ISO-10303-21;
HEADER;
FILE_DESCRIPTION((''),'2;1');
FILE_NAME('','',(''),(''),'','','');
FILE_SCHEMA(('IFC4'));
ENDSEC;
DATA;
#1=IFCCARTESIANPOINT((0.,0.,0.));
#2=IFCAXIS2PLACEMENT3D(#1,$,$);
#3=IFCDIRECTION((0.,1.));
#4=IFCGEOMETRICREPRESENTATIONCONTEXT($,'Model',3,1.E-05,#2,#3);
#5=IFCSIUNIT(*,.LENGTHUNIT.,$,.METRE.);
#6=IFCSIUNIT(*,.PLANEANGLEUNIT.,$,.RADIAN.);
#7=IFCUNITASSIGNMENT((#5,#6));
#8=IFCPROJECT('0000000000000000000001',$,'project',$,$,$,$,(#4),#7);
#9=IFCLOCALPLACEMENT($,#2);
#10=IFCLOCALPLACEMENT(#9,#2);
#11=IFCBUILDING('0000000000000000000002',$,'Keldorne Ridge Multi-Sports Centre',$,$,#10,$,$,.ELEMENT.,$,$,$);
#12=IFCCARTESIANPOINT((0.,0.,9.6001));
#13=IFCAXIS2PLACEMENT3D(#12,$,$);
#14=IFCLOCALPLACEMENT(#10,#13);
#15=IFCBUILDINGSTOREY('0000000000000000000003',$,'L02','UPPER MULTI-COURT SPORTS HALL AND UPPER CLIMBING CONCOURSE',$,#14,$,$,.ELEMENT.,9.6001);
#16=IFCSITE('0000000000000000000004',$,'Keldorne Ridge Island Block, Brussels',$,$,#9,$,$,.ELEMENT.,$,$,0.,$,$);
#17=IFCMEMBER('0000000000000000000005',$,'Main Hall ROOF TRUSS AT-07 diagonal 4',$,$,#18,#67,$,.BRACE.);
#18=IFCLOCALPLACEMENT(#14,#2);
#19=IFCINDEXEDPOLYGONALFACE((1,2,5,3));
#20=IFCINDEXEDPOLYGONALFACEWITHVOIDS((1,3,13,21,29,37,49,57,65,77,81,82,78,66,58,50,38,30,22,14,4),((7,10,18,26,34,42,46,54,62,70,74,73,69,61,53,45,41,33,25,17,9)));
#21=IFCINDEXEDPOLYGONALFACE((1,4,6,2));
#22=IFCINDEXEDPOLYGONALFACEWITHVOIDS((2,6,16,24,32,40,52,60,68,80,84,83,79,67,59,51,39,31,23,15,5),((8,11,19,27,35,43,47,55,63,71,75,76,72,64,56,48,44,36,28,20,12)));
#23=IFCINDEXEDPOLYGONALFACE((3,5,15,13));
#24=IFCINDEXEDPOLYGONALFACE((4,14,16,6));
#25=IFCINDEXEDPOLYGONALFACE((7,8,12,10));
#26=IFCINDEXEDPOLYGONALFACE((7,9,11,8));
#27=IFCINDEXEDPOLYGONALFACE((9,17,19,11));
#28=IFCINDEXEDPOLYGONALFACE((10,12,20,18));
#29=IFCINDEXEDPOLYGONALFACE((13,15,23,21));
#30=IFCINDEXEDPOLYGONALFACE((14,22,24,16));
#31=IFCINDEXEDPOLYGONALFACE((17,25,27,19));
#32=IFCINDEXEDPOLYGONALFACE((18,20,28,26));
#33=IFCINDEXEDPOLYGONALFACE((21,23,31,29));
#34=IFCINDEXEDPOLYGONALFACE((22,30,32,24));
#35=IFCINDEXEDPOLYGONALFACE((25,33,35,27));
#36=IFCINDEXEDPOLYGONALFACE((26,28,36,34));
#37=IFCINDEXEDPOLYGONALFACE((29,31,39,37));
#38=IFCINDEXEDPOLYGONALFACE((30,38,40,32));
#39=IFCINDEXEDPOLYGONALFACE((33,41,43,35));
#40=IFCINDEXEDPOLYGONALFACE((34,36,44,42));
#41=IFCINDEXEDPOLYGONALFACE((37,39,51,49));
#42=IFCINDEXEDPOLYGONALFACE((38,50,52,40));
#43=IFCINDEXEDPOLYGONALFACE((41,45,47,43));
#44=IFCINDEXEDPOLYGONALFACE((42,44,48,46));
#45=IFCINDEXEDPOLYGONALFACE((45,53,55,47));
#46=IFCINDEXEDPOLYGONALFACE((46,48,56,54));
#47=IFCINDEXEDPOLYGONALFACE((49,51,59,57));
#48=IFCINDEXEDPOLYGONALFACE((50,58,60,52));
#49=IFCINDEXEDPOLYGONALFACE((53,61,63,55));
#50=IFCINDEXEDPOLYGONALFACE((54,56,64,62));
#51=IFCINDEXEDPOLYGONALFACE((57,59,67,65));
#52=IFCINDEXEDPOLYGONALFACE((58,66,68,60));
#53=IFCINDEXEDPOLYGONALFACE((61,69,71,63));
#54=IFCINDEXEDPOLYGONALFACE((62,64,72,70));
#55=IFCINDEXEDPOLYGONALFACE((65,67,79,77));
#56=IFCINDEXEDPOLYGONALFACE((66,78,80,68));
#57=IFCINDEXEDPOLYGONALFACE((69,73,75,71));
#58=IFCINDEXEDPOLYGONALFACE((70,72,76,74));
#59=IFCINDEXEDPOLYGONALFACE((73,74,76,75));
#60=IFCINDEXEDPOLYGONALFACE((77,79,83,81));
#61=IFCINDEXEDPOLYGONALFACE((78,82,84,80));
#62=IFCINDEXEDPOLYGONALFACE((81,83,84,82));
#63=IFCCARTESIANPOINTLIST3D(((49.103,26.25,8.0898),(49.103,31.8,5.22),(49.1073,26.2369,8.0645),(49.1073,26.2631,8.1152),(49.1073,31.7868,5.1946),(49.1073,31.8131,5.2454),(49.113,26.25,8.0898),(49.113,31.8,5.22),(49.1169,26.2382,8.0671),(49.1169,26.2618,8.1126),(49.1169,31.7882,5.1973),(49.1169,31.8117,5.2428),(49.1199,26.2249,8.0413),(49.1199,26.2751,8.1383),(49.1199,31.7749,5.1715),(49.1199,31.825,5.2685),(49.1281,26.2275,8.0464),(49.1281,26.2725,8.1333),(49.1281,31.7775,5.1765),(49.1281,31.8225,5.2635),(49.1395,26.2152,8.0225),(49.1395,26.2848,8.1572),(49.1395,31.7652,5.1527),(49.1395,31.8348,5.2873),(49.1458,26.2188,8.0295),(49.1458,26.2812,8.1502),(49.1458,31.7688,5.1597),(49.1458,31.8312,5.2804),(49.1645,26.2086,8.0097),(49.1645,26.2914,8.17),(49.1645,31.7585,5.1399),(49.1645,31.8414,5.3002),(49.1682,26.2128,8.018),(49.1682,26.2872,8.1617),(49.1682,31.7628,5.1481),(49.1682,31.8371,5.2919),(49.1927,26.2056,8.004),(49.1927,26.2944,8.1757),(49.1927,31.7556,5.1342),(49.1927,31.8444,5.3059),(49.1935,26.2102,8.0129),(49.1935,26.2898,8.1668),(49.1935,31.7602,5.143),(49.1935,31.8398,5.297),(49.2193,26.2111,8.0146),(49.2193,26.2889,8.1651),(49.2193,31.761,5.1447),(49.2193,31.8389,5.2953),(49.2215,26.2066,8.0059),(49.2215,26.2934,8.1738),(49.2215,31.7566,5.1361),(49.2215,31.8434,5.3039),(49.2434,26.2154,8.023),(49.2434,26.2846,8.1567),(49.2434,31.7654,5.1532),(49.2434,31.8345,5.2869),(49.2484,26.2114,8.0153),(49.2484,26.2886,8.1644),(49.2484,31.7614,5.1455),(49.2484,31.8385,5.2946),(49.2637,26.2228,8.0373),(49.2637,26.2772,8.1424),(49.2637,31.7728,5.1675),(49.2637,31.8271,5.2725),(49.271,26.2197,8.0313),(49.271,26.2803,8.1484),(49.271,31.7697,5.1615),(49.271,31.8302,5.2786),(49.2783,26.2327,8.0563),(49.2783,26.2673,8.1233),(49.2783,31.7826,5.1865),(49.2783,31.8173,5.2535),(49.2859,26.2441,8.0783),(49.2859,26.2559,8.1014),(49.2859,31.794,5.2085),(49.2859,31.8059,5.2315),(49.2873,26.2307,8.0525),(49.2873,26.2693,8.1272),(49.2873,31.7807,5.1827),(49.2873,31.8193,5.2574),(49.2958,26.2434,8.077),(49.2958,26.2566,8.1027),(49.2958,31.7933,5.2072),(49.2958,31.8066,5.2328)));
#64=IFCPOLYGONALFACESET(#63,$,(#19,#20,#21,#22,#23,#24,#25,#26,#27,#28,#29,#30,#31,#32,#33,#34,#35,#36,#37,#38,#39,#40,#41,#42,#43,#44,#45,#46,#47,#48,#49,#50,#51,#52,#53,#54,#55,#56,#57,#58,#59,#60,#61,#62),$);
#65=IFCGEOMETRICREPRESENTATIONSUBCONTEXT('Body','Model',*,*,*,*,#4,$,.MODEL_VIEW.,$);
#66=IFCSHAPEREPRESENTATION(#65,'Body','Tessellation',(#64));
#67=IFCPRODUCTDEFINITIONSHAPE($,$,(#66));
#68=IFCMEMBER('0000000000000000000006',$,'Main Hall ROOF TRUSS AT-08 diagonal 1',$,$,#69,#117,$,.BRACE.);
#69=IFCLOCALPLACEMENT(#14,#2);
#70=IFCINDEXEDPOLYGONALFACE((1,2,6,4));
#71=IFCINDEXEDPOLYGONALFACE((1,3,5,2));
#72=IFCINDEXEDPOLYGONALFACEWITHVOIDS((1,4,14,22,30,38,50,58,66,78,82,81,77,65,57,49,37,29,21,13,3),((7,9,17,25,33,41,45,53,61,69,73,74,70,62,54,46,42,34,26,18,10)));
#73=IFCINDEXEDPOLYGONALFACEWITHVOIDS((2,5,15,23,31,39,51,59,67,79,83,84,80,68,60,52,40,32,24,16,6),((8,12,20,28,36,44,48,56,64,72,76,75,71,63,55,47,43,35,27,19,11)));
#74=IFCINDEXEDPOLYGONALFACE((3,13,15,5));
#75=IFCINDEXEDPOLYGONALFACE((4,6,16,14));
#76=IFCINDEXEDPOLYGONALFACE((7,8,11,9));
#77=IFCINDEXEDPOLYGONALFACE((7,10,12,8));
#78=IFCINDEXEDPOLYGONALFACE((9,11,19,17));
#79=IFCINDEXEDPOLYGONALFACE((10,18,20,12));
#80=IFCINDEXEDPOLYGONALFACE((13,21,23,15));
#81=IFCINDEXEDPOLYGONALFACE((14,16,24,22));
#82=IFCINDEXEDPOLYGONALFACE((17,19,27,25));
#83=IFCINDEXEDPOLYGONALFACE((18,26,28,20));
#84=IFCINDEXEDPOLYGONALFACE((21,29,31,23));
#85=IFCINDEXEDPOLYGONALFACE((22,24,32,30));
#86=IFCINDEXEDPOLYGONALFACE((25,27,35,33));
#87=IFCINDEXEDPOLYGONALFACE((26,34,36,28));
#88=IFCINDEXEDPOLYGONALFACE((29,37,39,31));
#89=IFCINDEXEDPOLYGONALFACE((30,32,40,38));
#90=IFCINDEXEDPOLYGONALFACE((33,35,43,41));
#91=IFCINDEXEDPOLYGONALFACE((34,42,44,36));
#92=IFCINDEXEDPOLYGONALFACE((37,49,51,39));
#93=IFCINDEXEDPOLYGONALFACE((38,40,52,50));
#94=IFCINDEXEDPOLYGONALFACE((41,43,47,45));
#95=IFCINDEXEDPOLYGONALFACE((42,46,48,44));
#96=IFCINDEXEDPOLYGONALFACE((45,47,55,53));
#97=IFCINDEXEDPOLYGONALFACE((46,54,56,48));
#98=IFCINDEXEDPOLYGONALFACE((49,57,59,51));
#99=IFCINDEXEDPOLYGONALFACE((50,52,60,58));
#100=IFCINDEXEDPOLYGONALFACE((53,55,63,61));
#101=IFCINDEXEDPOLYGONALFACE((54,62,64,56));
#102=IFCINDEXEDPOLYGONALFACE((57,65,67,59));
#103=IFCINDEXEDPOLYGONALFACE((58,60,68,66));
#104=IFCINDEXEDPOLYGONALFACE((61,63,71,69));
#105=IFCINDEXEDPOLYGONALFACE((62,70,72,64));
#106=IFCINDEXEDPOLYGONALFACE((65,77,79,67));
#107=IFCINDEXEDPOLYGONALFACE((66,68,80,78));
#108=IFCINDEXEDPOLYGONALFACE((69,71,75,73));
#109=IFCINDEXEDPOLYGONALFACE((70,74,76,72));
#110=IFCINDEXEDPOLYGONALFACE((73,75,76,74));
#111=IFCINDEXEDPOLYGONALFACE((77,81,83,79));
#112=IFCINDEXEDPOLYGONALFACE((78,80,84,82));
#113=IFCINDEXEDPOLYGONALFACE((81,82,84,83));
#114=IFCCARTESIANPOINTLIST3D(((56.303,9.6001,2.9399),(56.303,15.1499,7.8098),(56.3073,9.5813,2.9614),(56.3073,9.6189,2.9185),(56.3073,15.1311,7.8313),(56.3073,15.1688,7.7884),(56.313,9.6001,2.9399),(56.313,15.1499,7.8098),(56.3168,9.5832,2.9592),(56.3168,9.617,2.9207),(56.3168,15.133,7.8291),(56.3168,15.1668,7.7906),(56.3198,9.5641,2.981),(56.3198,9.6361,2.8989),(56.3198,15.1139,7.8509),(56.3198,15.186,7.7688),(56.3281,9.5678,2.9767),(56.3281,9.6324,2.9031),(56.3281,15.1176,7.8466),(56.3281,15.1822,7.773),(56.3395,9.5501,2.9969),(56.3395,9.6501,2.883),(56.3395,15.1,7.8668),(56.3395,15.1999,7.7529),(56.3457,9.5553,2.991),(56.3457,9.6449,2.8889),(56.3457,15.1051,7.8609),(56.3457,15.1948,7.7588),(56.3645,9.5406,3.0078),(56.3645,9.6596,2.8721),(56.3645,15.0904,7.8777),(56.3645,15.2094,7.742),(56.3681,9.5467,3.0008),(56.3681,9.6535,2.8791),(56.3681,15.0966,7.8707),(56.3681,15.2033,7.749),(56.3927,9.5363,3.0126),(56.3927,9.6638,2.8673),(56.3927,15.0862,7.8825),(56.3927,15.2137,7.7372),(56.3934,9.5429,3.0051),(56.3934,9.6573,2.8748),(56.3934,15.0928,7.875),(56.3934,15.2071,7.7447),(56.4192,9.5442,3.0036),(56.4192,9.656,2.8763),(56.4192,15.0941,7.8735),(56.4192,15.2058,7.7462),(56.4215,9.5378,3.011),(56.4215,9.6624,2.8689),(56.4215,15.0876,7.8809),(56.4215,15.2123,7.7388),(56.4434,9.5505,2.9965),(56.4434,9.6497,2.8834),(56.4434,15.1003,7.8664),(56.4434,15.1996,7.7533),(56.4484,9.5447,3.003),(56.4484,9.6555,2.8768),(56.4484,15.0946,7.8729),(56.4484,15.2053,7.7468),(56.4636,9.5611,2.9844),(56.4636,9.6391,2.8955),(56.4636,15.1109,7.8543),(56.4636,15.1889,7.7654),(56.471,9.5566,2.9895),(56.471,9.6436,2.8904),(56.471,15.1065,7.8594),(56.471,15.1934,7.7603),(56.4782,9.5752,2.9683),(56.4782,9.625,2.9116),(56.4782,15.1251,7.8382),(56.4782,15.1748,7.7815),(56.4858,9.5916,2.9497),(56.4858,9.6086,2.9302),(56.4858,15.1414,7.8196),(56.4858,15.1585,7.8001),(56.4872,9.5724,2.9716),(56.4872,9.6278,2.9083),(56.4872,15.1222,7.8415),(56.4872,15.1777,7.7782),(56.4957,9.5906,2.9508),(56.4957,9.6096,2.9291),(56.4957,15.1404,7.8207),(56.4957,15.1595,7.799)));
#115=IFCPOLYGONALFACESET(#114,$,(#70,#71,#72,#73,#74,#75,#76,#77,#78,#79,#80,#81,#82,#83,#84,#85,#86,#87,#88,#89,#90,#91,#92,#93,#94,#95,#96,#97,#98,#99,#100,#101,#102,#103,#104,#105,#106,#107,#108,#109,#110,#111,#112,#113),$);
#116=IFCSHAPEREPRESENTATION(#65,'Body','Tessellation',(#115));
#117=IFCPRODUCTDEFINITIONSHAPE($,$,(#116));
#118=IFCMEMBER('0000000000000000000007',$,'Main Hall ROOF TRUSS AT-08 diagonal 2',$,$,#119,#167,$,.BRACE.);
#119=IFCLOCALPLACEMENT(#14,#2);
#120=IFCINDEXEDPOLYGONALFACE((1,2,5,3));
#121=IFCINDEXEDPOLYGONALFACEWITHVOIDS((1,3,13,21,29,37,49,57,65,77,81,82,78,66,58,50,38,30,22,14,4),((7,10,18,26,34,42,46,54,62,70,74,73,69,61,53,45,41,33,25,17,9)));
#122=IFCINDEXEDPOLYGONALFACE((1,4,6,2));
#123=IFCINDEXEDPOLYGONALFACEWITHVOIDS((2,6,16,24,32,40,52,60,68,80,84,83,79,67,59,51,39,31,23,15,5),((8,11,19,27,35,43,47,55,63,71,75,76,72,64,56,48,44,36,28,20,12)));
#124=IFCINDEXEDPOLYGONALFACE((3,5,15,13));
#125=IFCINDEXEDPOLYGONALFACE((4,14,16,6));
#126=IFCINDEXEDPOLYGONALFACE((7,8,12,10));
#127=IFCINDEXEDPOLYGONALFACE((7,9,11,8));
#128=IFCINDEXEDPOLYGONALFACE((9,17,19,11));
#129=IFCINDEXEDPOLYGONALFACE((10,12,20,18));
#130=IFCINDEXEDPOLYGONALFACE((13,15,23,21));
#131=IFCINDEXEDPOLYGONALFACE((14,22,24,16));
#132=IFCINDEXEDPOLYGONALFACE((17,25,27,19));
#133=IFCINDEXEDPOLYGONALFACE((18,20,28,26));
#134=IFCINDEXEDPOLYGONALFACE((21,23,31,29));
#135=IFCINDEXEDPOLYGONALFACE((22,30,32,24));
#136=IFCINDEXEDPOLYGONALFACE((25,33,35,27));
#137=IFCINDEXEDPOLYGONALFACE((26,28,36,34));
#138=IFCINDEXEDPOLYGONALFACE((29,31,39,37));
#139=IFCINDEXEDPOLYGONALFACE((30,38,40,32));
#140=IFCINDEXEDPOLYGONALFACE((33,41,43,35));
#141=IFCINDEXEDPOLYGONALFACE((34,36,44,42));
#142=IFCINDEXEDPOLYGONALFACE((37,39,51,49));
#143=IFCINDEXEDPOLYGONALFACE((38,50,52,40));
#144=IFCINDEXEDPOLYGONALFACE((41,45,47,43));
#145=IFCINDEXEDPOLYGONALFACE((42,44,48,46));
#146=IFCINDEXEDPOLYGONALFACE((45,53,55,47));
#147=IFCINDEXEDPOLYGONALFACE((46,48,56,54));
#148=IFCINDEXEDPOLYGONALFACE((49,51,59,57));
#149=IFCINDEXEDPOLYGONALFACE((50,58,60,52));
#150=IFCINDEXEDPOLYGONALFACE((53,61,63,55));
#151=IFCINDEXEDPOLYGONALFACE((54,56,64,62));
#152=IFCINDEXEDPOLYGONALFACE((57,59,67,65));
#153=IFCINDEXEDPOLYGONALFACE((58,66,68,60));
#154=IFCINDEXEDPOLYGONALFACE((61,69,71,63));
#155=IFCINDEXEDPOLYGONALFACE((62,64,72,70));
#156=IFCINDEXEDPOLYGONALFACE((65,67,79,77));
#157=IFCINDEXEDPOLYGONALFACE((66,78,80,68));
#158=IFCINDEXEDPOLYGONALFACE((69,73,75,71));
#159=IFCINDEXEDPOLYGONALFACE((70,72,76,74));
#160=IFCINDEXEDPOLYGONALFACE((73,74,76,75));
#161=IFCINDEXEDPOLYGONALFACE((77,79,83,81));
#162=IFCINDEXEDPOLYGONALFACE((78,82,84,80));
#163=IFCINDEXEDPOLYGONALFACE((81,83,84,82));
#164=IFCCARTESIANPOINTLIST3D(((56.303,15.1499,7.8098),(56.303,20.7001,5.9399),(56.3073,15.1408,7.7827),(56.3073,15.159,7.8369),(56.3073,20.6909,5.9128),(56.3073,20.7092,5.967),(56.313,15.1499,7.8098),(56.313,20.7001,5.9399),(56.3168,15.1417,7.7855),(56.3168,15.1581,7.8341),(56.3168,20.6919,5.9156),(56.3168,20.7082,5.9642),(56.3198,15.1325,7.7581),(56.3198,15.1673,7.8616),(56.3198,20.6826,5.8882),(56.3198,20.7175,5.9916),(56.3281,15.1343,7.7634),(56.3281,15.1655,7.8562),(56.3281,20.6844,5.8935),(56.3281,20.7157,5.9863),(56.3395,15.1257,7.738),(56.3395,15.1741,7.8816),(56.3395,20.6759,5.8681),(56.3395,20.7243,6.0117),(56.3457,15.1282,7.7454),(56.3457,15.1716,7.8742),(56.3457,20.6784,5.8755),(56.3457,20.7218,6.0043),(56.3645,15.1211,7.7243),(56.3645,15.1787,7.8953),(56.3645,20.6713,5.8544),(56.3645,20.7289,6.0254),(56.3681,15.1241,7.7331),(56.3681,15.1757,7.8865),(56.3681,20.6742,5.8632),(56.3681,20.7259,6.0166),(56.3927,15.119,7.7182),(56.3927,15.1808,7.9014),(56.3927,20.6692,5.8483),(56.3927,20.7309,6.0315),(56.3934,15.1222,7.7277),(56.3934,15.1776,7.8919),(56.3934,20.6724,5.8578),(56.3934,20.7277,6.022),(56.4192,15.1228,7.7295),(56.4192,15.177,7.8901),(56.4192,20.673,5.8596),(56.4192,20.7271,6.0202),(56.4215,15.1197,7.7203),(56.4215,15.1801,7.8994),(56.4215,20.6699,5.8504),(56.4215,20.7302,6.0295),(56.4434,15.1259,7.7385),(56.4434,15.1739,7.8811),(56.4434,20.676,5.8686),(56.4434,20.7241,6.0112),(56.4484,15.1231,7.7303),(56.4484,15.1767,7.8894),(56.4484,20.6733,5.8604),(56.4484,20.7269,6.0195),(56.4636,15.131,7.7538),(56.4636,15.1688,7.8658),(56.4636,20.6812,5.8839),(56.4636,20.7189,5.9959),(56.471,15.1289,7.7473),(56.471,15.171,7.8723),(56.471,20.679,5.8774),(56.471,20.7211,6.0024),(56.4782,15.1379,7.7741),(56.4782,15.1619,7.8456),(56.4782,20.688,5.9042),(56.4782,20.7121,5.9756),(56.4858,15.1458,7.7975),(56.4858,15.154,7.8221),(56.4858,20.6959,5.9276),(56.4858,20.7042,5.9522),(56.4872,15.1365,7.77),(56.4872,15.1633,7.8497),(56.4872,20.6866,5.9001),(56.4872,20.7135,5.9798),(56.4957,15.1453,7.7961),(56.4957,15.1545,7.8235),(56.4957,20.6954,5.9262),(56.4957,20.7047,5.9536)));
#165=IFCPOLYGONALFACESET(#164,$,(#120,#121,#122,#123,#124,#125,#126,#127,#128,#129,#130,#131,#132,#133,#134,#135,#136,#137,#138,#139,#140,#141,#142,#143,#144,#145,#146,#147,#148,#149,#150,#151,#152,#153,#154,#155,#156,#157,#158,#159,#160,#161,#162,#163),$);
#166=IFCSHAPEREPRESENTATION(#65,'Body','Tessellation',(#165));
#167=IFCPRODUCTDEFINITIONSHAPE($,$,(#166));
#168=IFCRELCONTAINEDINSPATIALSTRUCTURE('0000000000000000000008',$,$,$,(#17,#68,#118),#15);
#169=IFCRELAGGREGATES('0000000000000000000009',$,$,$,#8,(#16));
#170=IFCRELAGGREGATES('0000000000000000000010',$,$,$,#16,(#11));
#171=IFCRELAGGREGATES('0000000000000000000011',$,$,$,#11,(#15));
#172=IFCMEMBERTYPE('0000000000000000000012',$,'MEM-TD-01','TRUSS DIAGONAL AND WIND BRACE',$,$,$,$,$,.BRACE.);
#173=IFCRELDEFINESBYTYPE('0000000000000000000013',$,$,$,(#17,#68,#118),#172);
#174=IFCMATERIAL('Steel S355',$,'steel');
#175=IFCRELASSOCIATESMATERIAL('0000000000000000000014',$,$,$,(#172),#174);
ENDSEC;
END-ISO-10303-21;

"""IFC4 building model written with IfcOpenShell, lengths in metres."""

from ifc_helpers import new_model, si_unit, direction, frame, origin, origin_2d, place, context, subcontext, project, spatial, hollow_circle, extrude, material, material_profile, profile_set, type_object, element, save


model = new_model("IFC4")

# Units and contexts
model_context = context("Model", 3, precision=1e-05, world=origin(), true_north=direction((0.0, 1.0)))
body_context = subcontext(model_context, "Body", "Model", "MODEL_VIEW")
ifc_project = project(units=[si_unit("LENGTHUNIT", "METRE"), si_unit("PLANEANGLEUNIT", "RADIAN")], contexts=[model_context])

# Site, building, storey
site_placement = place(None, origin())
site = spatial("IfcSite", under=ifc_project, at=site_placement, Name="Keldorne Ridge Island Block, Brussels", CompositionType="ELEMENT", RefElevation=0.0)
building_placement = place(site_placement, origin())
building = spatial("IfcBuilding", under=site, at=building_placement, Name="Keldorne Ridge Multi-Sports Centre", CompositionType="ELEMENT")
storey_placement = place(building_placement, frame((0.0, 0.0, 9.6001)))
storey = spatial("IfcBuildingStorey", under=building, at=storey_placement, Name="L02", Description="UPPER MULTI-COURT SPORTS HALL AND UPPER CLIMBING CONCOURSE", CompositionType="ELEMENT", Elevation=9.6001)

# Shared definitions
ifc_material_1 = material(Name="Steel S355", Category="steel")

# Members
ifc_material_profile_1 = material_profile(ifc_material_1, hollow_circle(Radius=0.0969, WallThickness=0.01, at=origin_2d()), Name="CHS 193.7x10")
ifc_profile_set_1 = profile_set([ifc_material_profile_1], Name="Steel S355")
member_type_1 = type_object("IfcMemberType", Name="MEM-TD-01", Description="TRUSS DIAGONAL AND WIND BRACE", PredefinedType="BRACE", material=ifc_profile_set_1)
member_1_placement = place(storey_placement, frame((49.2, 26.25, 8.0898), z_axis=(0.0, 0.888273, -0.459317), x_axis=(-1.0, 0.0, 0.0)))
element("IfcMember", 1, at=member_1_placement, inside=storey, type_object=member_type_1, Name="Main Hall ROOF TRUSS AT-07 diagonal 4", PredefinedType="BRACE", context=body_context, shape_type="SweptSolid", body=[
    extrude(hollow_circle(Radius=0.0969, WallThickness=0.01, at=origin_2d()), origin(), (0.0, 0.0, 1.0), 6.248),
])
member_2_placement = place(storey_placement, frame((56.3999, 9.6001, 2.9399), z_axis=(0.0, 0.75165, 0.659562), x_axis=(-1.0, 0.0, 0.0)))
element("IfcMember", 2, at=member_2_placement, inside=storey, type_object=member_type_1, Name="Main Hall ROOF TRUSS AT-08 diagonal 1", PredefinedType="BRACE", context=body_context, shape_type="SweptSolid", body=[
    extrude(hollow_circle(Radius=0.0969, WallThickness=0.01, at=origin_2d()), origin(), (0.0, 0.0, 1.0), 7.3835),
])
member_3_placement = place(storey_placement, frame((56.3999, 15.1499, 7.8098), z_axis=(0.0, 0.947661, -0.319278), x_axis=(-1.0, 0.0, 0.0)))
element("IfcMember", 3, at=member_3_placement, inside=storey, type_object=member_type_1, Name="Main Hall ROOF TRUSS AT-08 diagonal 2", PredefinedType="BRACE", context=body_context, shape_type="SweptSolid", body=[
    extrude(hollow_circle(Radius=0.0969, WallThickness=0.01, at=origin_2d()), origin(), (0.0, 0.0, 1.0), 5.8567),
])

save(model, "model.ifc")
